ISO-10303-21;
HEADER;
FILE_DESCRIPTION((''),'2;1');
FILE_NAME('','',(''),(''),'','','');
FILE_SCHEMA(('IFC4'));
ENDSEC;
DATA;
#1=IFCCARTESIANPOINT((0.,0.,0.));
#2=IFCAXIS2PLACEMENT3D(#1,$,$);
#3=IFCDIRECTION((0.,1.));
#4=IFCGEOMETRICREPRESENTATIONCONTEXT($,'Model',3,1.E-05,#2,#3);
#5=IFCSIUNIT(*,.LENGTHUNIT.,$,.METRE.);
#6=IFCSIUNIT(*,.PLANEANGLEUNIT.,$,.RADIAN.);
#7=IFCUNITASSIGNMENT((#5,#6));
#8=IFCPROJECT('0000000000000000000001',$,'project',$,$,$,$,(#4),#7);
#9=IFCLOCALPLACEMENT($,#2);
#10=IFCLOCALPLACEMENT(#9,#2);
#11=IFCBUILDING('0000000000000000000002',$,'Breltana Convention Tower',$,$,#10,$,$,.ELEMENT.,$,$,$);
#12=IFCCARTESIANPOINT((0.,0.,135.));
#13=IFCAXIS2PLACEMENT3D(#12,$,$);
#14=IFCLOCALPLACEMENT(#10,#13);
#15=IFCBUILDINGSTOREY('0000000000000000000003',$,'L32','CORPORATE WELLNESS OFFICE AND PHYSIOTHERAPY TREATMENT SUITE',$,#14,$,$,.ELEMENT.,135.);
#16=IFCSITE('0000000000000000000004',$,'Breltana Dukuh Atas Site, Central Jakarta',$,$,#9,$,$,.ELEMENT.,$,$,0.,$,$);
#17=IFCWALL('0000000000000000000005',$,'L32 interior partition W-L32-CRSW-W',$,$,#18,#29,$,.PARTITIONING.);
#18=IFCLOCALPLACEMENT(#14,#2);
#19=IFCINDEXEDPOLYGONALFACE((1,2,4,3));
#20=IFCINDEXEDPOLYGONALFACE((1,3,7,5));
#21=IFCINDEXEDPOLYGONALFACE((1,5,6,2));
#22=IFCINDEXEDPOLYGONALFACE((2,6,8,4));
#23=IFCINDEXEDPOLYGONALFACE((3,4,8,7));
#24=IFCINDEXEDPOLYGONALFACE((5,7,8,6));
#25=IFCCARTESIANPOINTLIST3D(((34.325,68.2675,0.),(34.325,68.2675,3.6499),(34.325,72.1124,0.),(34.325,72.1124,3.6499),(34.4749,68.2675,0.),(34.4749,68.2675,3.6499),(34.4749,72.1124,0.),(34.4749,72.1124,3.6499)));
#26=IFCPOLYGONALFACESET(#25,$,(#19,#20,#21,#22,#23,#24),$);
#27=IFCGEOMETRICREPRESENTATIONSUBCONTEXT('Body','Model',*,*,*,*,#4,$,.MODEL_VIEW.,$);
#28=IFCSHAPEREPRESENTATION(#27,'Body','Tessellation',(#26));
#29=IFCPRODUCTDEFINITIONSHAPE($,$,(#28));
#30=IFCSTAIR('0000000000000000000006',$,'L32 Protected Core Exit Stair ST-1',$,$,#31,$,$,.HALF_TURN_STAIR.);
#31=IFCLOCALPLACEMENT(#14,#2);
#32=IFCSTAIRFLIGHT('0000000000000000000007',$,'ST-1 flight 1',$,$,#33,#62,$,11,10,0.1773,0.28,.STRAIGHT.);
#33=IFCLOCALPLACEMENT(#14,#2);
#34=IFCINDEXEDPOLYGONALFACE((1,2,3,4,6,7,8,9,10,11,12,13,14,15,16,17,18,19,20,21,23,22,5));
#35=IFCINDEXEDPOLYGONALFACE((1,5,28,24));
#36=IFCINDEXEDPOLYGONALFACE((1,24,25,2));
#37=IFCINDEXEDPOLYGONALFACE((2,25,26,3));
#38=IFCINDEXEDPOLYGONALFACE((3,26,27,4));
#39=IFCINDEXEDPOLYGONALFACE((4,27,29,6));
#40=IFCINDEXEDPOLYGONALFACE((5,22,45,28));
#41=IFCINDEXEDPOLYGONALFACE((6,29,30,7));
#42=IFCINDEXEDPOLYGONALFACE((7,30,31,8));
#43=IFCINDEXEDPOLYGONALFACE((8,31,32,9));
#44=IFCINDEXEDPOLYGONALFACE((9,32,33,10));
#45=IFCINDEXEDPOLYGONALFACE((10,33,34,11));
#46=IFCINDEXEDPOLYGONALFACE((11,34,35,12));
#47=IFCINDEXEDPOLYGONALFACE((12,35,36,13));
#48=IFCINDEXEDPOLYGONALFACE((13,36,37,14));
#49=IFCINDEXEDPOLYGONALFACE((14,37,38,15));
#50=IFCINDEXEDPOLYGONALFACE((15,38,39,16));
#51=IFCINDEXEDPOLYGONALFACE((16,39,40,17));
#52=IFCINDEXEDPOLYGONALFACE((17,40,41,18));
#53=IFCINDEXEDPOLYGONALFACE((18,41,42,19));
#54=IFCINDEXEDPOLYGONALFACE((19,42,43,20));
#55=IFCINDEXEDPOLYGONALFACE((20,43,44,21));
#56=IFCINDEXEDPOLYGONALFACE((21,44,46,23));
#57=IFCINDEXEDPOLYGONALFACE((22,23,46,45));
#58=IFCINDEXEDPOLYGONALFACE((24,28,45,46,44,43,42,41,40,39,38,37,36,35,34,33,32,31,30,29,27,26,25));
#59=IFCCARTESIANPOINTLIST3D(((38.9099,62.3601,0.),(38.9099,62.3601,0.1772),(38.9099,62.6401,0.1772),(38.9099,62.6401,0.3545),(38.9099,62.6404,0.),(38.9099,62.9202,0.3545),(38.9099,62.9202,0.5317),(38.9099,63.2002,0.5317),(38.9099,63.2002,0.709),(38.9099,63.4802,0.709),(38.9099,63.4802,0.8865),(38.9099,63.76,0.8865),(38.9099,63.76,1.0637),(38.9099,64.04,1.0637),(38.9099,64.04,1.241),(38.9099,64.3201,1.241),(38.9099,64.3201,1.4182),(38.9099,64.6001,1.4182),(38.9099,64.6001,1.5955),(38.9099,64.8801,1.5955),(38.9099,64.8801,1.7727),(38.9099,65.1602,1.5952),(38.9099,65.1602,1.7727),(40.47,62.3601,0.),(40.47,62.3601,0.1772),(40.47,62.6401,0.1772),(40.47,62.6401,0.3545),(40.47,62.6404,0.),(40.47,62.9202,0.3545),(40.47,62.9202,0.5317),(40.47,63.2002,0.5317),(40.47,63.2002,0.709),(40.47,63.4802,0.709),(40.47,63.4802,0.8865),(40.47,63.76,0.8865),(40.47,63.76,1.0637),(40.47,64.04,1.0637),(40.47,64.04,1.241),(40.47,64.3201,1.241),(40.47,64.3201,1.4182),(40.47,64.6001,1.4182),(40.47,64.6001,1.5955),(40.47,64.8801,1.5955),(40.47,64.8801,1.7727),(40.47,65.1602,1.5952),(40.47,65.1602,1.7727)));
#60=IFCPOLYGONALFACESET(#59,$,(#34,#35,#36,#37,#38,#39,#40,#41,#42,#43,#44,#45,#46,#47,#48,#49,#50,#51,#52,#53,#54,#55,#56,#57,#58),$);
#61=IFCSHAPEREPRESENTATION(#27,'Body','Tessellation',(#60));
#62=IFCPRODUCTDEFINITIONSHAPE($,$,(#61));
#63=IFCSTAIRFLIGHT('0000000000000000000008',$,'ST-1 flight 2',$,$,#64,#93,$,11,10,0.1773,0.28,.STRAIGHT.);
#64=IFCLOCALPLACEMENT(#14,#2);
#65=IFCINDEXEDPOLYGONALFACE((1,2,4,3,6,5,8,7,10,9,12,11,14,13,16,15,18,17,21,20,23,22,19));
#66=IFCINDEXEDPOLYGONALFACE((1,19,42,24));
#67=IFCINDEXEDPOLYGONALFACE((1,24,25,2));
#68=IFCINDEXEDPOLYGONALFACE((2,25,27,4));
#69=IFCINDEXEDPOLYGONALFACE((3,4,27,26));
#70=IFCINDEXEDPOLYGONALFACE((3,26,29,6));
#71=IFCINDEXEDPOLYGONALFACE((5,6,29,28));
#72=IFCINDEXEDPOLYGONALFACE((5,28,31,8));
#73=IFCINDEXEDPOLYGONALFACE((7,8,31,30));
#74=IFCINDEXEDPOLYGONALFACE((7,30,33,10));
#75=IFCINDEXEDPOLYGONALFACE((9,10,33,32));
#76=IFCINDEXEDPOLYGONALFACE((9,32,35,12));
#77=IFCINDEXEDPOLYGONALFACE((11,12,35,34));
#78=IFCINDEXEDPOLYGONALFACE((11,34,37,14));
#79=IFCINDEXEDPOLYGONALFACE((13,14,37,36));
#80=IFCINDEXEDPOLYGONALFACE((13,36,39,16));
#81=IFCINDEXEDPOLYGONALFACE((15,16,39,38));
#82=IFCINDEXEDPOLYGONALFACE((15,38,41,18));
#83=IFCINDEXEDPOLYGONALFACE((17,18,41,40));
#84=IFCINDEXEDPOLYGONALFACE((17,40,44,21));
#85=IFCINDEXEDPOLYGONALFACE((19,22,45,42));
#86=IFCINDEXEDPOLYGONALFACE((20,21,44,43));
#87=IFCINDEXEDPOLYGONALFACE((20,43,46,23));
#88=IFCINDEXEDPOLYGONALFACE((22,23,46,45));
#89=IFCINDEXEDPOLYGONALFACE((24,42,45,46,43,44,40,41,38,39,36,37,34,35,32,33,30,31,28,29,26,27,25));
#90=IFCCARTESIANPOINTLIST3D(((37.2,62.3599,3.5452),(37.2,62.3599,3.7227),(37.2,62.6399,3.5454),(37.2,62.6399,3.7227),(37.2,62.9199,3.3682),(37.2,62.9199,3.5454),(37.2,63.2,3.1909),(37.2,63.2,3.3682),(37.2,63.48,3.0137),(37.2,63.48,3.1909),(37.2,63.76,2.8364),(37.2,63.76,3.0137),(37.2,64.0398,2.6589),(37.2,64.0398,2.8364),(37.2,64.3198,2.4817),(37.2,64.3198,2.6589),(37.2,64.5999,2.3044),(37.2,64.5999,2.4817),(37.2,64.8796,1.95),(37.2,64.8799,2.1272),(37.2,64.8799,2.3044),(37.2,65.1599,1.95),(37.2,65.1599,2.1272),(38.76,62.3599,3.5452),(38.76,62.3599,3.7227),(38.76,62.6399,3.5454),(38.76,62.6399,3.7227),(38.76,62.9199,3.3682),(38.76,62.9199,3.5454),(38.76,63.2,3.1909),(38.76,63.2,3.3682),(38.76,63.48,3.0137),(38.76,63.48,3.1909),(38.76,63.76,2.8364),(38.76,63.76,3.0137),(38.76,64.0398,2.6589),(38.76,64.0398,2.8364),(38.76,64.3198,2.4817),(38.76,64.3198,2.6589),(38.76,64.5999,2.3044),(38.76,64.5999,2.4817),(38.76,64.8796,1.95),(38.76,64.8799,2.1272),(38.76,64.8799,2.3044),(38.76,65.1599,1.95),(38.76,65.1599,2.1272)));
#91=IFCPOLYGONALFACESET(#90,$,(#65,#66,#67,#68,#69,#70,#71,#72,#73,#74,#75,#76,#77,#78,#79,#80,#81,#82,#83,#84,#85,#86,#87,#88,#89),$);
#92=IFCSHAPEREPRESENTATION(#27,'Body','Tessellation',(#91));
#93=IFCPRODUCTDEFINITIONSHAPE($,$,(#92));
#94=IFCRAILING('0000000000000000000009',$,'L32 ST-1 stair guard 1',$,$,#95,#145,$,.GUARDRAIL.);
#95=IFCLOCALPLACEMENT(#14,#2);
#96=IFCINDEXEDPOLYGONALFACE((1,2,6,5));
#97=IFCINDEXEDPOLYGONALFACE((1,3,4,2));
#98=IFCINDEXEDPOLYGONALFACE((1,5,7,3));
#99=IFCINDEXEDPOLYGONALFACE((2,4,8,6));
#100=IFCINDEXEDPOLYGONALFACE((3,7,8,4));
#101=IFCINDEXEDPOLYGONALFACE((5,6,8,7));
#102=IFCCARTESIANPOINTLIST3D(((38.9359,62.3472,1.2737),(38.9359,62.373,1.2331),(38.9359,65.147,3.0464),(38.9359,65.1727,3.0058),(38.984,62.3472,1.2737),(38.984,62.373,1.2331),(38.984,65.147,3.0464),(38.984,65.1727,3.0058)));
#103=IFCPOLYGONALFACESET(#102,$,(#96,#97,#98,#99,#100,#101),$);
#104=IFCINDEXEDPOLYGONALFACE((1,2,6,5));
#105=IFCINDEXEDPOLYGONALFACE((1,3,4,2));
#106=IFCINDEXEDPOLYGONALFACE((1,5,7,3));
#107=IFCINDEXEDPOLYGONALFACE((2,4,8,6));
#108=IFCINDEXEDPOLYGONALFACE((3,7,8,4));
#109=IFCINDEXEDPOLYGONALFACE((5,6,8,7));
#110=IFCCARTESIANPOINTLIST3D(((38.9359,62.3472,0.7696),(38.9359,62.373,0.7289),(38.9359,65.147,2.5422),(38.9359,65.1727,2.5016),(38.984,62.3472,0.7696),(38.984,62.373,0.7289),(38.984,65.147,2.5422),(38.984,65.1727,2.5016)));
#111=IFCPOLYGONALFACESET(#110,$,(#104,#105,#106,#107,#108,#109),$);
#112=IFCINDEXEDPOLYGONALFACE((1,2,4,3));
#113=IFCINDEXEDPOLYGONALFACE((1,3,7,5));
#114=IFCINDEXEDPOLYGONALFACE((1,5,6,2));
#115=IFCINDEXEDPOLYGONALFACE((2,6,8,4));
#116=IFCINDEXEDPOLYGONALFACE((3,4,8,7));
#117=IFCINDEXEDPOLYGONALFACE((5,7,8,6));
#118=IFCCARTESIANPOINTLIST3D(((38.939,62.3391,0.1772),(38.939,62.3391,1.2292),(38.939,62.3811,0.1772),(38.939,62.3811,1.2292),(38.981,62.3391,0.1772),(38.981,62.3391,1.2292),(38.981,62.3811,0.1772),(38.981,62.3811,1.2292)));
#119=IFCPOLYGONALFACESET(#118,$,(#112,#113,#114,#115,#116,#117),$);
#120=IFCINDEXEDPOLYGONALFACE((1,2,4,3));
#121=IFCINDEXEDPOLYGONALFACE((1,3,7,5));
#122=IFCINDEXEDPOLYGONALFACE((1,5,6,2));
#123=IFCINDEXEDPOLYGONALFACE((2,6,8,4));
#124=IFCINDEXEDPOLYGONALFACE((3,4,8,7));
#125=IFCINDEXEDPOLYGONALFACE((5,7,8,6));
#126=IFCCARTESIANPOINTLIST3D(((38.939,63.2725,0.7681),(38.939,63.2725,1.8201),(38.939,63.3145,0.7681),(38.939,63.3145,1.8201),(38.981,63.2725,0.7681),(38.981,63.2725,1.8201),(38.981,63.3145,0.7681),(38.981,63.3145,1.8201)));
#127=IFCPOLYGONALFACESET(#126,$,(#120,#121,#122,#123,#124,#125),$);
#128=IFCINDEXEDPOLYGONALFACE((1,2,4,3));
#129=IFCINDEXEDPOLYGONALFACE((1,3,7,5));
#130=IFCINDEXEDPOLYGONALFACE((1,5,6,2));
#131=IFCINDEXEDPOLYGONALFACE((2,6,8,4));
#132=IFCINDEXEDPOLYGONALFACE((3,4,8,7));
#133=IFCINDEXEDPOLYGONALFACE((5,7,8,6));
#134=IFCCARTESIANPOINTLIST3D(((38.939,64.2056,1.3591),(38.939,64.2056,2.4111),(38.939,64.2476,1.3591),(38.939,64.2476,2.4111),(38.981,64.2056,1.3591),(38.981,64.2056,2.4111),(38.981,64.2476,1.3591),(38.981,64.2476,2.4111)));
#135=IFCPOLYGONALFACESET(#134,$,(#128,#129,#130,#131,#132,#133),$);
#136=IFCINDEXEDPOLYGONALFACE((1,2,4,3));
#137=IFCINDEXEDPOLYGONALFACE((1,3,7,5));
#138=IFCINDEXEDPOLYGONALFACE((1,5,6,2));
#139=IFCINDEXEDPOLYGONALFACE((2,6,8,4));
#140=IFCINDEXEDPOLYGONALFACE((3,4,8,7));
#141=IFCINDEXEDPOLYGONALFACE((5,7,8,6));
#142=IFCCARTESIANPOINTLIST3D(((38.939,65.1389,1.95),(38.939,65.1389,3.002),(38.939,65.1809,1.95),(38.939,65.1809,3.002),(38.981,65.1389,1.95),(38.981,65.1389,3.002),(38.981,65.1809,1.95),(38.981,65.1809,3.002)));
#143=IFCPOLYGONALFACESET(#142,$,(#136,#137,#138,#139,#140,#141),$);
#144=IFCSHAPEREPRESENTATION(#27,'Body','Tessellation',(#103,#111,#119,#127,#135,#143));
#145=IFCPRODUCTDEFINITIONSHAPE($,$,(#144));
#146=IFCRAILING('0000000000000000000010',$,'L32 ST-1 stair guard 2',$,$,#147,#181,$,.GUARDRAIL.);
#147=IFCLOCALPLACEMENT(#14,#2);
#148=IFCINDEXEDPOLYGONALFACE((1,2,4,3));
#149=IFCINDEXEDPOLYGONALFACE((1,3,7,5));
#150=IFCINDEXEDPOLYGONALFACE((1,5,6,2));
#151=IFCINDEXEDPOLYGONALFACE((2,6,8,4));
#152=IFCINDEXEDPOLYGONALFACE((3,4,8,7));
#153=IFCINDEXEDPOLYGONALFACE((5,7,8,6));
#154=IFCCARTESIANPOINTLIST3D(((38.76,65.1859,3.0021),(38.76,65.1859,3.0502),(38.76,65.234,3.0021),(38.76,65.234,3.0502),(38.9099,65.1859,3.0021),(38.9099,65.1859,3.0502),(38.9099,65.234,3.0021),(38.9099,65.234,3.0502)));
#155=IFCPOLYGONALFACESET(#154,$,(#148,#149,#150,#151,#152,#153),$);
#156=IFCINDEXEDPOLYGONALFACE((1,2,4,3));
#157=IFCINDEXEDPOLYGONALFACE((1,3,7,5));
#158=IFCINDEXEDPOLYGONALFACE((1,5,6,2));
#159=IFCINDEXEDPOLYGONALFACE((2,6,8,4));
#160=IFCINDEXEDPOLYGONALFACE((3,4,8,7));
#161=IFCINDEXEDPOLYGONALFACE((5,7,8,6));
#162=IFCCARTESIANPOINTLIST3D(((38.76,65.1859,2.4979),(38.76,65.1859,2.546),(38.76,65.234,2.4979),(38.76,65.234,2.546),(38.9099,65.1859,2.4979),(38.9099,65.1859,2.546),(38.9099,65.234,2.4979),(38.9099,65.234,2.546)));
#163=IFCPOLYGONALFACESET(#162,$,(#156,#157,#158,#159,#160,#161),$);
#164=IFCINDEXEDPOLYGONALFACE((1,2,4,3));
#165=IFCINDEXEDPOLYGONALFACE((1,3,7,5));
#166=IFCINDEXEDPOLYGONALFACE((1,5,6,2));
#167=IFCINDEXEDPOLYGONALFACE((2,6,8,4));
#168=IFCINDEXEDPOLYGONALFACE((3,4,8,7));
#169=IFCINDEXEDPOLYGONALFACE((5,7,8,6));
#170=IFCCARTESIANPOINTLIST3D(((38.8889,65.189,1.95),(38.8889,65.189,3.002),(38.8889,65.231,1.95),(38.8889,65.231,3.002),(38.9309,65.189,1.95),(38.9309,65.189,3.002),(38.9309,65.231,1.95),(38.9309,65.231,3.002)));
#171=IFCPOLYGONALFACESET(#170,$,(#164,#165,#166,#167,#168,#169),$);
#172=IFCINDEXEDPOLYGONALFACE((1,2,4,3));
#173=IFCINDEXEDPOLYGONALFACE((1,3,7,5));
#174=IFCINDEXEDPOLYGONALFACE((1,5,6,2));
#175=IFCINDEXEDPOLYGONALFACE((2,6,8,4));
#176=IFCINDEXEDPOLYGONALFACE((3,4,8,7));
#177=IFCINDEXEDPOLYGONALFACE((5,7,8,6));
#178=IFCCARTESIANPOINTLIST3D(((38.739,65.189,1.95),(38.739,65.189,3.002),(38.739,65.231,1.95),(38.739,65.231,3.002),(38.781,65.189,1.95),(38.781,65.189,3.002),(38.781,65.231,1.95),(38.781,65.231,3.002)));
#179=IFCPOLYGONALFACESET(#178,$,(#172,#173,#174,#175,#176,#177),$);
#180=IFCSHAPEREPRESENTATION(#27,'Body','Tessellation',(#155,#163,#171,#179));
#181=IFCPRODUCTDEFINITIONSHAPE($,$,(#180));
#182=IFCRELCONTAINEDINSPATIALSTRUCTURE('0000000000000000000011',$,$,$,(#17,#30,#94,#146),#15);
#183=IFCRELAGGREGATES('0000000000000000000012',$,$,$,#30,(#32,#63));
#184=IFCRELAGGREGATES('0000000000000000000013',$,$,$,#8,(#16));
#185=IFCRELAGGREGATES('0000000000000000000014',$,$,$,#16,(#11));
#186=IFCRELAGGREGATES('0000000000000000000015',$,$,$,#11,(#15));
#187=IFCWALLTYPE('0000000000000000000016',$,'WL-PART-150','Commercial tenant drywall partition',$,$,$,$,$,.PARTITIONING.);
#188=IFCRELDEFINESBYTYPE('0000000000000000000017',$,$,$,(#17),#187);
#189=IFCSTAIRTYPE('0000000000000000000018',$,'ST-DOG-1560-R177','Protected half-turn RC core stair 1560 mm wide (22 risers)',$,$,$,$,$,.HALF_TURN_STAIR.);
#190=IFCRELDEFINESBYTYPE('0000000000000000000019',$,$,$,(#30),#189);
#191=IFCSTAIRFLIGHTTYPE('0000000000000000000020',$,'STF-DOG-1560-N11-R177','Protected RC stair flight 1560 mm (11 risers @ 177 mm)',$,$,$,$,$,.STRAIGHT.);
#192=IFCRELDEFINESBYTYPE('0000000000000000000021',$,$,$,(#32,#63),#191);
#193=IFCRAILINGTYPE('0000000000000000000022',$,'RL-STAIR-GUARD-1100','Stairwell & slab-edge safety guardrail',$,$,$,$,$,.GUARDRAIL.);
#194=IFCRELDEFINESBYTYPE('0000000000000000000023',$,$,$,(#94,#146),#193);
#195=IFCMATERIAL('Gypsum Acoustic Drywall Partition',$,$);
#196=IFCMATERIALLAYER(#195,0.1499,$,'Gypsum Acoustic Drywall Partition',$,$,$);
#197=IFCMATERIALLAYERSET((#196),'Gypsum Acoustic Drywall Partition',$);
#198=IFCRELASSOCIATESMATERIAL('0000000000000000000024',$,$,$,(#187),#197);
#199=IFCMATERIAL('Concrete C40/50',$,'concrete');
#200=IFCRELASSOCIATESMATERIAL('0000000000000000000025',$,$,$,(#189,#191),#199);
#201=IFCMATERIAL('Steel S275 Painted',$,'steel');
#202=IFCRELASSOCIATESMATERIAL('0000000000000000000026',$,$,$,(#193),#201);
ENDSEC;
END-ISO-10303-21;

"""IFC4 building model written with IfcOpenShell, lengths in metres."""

from ifc_helpers import new_model, si_unit, direction, frame, frame_2d, origin, origin_2d, place, context, subcontext, project, spatial, polyline, rectangle, outline, extrude, source, transform, mapped, material, layer, layer_set, type_object, element, aggregate, save


model = new_model("IFC4")

# Units and contexts
model_context = context("Model", 3, precision=1e-05, world=origin(), true_north=direction((0.0, 1.0)))
body_context = subcontext(model_context, "Body", "Model", "MODEL_VIEW")
ifc_project = project(units=[si_unit("LENGTHUNIT", "METRE"), si_unit("PLANEANGLEUNIT", "RADIAN")], contexts=[model_context])

# Site, building, storey
site_placement = place(None, origin())
site = spatial("IfcSite", under=ifc_project, at=site_placement, Name="Breltana Dukuh Atas Site, Central Jakarta", CompositionType="ELEMENT", RefElevation=0.0)
building_placement = place(site_placement, origin())
building = spatial("IfcBuilding", under=site, at=building_placement, Name="Breltana Convention Tower", CompositionType="ELEMENT")
storey_placement = place(building_placement, frame((0.0, 0.0, 135.0)))
storey = spatial("IfcBuildingStorey", under=building, at=storey_placement, Name="L32", Description="CORPORATE WELLNESS OFFICE AND PHYSIOTHERAPY TREATMENT SUITE", CompositionType="ELEMENT", Elevation=135.0)

# Shared definitions
ifc_material_1 = material(Name="Gypsum Acoustic Drywall Partition")
ifc_layer_1 = layer(ifc_material_1, 0.1499, Name="Gypsum Acoustic Drywall Partition")
ifc_layer_set_1 = layer_set([ifc_layer_1], Name="Gypsum Acoustic Drywall Partition")
wall_type_1 = type_object("IfcWallType", Name="WL-PART-150", Description="Commercial tenant drywall partition", PredefinedType="PARTITIONING", material=ifc_layer_set_1)

# Wall
shared_shape_1 = source(origin(), body_context, "Body", "SweptSolid", [
    extrude(rectangle(XDim=3.845, YDim=0.1499, at=frame_2d((1.9224, 0.0))), origin(), (0.0, 0.0, 1.0), 3.6499),
])
wall_1_placement = place(storey_placement, frame((34.3999, 68.2676, 0.0), z_axis=(0.0, 0.0, 1.0), x_axis=(0.0, 1.0, 0.0)))
element("IfcWall", 1, at=wall_1_placement, inside=storey, type_object=wall_type_1, Name="L32 interior partition W-L32-CRSW-W", PredefinedType="PARTITIONING", context=body_context, shape_type="MappedRepresentation", body=[
    mapped(shared_shape_1, transform((0.0, 0.0, 0.0), scale=1.0)),
])

# Stair, stair flights
ifc_material_2 = material(Name="Concrete C40/50", Category="concrete")
stair_type = type_object("IfcStairType", Name="ST-DOG-1560-R177", Description="Protected half-turn RC core stair 1560 mm wide (22 risers)", PredefinedType="HALF_TURN_STAIR", material=ifc_material_2)
stair_placement = place(storey_placement, origin())
stair = element("IfcStair", 2, at=stair_placement, inside=storey, type_object=stair_type, Name="L32 Protected Core Exit Stair ST-1", PredefinedType="HALF_TURN_STAIR")
stair_flight_type = type_object("IfcStairFlightType", Name="STF-DOG-1560-N11-R177", Description="Protected RC stair flight 1560 mm (11 risers @ 177 mm)", PredefinedType="STRAIGHT", material=ifc_material_2)
stair_flight_1_placement = place(storey_placement, frame((39.6899, 62.3601, 0.0), z_axis=(0.0, 0.0, 1.0), x_axis=(0.0, 1.0, 0.0)))
stair_flight_1 = element("IfcStairFlight", 3, at=stair_flight_1_placement, type_object=stair_flight_type, Name="ST-1 flight 1", NumberOfRisers=11, NumberOfTreads=10, PredefinedType="STRAIGHT", RiserHeight=0.1773, TreadLength=0.28, context=body_context, shape_type="SweptSolid", body=[
    extrude(outline(polyline([(0.0, 0.0), (0.0, 0.1772), (0.28, 0.1772), (0.28, 0.3545), (0.5601, 0.3545), (0.5601, 0.5317), (0.8401, 0.5317), (0.8401, 0.709), (1.1201, 0.709), (1.1201, 0.8865), (1.3999, 0.8865), (1.3999, 1.0637), (1.6799, 1.0637), (1.6799, 1.241), (1.96, 1.241), (1.96, 1.4182), (2.24, 1.4182), (2.24, 1.5955), (2.52, 1.5955), (2.52, 1.7727), (2.8, 1.7727), (2.8, 1.95), (2.8, 1.5952), (0.2803, 0.0), (0.0, 0.0)])), frame((0.0, 0.78, 0.0), z_axis=(0.0, -1.0, 0.0), x_axis=(1.0, 0.0, 0.0)), (0.0, 0.0, 1.0), 1.5601),
])
stair_flight_2_placement = place(storey_placement, frame((37.98, 65.1599, 1.95), z_axis=(0.0, 0.0, 1.0), x_axis=(0.0, -1.0, 0.0)))
stair_flight_2 = element("IfcStairFlight", 4, at=stair_flight_2_placement, type_object=stair_flight_type, Name="ST-1 flight 2", NumberOfRisers=11, NumberOfTreads=10, PredefinedType="STRAIGHT", RiserHeight=0.1773, TreadLength=0.28, context=body_context, shape_type="SweptSolid", body=[
    extrude(outline(polyline([(0.0, 0.0), (0.0, 0.1772), (0.28, 0.1772), (0.28, 0.3545), (0.5601, 0.3545), (0.5601, 0.5317), (0.8401, 0.5317), (0.8401, 0.709), (1.1201, 0.709), (1.1201, 0.8865), (1.3999, 0.8865), (1.3999, 1.0637), (1.6799, 1.0637), (1.6799, 1.241), (1.96, 1.241), (1.96, 1.4182), (2.24, 1.4182), (2.24, 1.5955), (2.52, 1.5955), (2.52, 1.7727), (2.8, 1.7727), (2.8, 1.95), (2.8, 1.5952), (0.2803, 0.0), (0.0, 0.0)])), frame((0.0, 0.78, 0.0), z_axis=(0.0, -1.0, 0.0), x_axis=(1.0, 0.0, 0.0)), (0.0, 0.0, 1.0), 1.5601),
])
aggregate(stair, [stair_flight_1, stair_flight_2])

# Railings
ifc_material_3 = material(Name="Steel S275 Painted", Category="steel")
railing_type_1 = type_object("IfcRailingType", Name="RL-STAIR-GUARD-1100", Description="Stairwell & slab-edge safety guardrail", PredefinedType="GUARDRAIL", material=ifc_material_3)
railing_1_placement = place(storey_placement, frame((38.96, 62.3601, 0.1772)))
element("IfcRailing", 5, at=railing_1_placement, inside=storey, type_object=railing_type_1, Name="L32 ST-1 stair guard 1", PredefinedType="GUARDRAIL", context=body_context, shape_type="SweptSolid", body=[
    extrude(rectangle(XDim=0.0481, YDim=0.0481, at=origin_2d()), frame((0.0, 0.0, 1.0762), z_axis=(0.0, 0.844888, 0.534943), x_axis=(-1.0, 0.0, 0.0)), (0.0, 0.0, 1.0), 3.3137),
    extrude(rectangle(XDim=0.0481, YDim=0.0481, at=origin_2d()), frame((0.0, 0.0, 0.572), z_axis=(0.0, 0.844888, 0.534943), x_axis=(-1.0, 0.0, 0.0)), (0.0, 0.0, 1.0), 3.3137),
    extrude(rectangle(XDim=0.042, YDim=0.042, at=origin_2d()), origin(), (0.0, 0.0, 1.0), 1.052),
    extrude(rectangle(XDim=0.042, YDim=0.042, at=origin_2d()), frame((0.0, 0.9333, 0.5908)), (0.0, 0.0, 1.0), 1.052),
    extrude(rectangle(XDim=0.042, YDim=0.042, at=origin_2d()), frame((0.0, 1.8665, 1.1819)), (0.0, 0.0, 1.0), 1.052),
    extrude(rectangle(XDim=0.042, YDim=0.042, at=origin_2d()), frame((0.0, 2.7998, 1.7727)), (0.0, 0.0, 1.0), 1.052),
])
railing_2_placement = place(storey_placement, frame((38.9099, 65.21, 1.95)))
element("IfcRailing", 6, at=railing_2_placement, inside=storey, type_object=railing_type_1, Name="L32 ST-1 stair guard 2", PredefinedType="GUARDRAIL", context=body_context, shape_type="SweptSolid", body=[
    extrude(rectangle(XDim=0.0481, YDim=0.0481, at=origin_2d()), frame((0.0, 0.0, 1.0762), z_axis=(-1.0, 0.0, 0.0), x_axis=(0.0, -1.0, 0.0)), (0.0, 0.0, 1.0), 0.1499),
    extrude(rectangle(XDim=0.0481, YDim=0.0481, at=origin_2d()), frame((0.0, 0.0, 0.572), z_axis=(-1.0, 0.0, 0.0), x_axis=(0.0, -1.0, 0.0)), (0.0, 0.0, 1.0), 0.1499),
    extrude(rectangle(XDim=0.042, YDim=0.042, at=origin_2d()), origin(), (0.0, 0.0, 1.0), 1.052),
    extrude(rectangle(XDim=0.042, YDim=0.042, at=origin_2d()), frame((-0.1499, 0.0, 0.0)), (0.0, 0.0, 1.0), 1.052),
])

save(model, "model.ifc")
